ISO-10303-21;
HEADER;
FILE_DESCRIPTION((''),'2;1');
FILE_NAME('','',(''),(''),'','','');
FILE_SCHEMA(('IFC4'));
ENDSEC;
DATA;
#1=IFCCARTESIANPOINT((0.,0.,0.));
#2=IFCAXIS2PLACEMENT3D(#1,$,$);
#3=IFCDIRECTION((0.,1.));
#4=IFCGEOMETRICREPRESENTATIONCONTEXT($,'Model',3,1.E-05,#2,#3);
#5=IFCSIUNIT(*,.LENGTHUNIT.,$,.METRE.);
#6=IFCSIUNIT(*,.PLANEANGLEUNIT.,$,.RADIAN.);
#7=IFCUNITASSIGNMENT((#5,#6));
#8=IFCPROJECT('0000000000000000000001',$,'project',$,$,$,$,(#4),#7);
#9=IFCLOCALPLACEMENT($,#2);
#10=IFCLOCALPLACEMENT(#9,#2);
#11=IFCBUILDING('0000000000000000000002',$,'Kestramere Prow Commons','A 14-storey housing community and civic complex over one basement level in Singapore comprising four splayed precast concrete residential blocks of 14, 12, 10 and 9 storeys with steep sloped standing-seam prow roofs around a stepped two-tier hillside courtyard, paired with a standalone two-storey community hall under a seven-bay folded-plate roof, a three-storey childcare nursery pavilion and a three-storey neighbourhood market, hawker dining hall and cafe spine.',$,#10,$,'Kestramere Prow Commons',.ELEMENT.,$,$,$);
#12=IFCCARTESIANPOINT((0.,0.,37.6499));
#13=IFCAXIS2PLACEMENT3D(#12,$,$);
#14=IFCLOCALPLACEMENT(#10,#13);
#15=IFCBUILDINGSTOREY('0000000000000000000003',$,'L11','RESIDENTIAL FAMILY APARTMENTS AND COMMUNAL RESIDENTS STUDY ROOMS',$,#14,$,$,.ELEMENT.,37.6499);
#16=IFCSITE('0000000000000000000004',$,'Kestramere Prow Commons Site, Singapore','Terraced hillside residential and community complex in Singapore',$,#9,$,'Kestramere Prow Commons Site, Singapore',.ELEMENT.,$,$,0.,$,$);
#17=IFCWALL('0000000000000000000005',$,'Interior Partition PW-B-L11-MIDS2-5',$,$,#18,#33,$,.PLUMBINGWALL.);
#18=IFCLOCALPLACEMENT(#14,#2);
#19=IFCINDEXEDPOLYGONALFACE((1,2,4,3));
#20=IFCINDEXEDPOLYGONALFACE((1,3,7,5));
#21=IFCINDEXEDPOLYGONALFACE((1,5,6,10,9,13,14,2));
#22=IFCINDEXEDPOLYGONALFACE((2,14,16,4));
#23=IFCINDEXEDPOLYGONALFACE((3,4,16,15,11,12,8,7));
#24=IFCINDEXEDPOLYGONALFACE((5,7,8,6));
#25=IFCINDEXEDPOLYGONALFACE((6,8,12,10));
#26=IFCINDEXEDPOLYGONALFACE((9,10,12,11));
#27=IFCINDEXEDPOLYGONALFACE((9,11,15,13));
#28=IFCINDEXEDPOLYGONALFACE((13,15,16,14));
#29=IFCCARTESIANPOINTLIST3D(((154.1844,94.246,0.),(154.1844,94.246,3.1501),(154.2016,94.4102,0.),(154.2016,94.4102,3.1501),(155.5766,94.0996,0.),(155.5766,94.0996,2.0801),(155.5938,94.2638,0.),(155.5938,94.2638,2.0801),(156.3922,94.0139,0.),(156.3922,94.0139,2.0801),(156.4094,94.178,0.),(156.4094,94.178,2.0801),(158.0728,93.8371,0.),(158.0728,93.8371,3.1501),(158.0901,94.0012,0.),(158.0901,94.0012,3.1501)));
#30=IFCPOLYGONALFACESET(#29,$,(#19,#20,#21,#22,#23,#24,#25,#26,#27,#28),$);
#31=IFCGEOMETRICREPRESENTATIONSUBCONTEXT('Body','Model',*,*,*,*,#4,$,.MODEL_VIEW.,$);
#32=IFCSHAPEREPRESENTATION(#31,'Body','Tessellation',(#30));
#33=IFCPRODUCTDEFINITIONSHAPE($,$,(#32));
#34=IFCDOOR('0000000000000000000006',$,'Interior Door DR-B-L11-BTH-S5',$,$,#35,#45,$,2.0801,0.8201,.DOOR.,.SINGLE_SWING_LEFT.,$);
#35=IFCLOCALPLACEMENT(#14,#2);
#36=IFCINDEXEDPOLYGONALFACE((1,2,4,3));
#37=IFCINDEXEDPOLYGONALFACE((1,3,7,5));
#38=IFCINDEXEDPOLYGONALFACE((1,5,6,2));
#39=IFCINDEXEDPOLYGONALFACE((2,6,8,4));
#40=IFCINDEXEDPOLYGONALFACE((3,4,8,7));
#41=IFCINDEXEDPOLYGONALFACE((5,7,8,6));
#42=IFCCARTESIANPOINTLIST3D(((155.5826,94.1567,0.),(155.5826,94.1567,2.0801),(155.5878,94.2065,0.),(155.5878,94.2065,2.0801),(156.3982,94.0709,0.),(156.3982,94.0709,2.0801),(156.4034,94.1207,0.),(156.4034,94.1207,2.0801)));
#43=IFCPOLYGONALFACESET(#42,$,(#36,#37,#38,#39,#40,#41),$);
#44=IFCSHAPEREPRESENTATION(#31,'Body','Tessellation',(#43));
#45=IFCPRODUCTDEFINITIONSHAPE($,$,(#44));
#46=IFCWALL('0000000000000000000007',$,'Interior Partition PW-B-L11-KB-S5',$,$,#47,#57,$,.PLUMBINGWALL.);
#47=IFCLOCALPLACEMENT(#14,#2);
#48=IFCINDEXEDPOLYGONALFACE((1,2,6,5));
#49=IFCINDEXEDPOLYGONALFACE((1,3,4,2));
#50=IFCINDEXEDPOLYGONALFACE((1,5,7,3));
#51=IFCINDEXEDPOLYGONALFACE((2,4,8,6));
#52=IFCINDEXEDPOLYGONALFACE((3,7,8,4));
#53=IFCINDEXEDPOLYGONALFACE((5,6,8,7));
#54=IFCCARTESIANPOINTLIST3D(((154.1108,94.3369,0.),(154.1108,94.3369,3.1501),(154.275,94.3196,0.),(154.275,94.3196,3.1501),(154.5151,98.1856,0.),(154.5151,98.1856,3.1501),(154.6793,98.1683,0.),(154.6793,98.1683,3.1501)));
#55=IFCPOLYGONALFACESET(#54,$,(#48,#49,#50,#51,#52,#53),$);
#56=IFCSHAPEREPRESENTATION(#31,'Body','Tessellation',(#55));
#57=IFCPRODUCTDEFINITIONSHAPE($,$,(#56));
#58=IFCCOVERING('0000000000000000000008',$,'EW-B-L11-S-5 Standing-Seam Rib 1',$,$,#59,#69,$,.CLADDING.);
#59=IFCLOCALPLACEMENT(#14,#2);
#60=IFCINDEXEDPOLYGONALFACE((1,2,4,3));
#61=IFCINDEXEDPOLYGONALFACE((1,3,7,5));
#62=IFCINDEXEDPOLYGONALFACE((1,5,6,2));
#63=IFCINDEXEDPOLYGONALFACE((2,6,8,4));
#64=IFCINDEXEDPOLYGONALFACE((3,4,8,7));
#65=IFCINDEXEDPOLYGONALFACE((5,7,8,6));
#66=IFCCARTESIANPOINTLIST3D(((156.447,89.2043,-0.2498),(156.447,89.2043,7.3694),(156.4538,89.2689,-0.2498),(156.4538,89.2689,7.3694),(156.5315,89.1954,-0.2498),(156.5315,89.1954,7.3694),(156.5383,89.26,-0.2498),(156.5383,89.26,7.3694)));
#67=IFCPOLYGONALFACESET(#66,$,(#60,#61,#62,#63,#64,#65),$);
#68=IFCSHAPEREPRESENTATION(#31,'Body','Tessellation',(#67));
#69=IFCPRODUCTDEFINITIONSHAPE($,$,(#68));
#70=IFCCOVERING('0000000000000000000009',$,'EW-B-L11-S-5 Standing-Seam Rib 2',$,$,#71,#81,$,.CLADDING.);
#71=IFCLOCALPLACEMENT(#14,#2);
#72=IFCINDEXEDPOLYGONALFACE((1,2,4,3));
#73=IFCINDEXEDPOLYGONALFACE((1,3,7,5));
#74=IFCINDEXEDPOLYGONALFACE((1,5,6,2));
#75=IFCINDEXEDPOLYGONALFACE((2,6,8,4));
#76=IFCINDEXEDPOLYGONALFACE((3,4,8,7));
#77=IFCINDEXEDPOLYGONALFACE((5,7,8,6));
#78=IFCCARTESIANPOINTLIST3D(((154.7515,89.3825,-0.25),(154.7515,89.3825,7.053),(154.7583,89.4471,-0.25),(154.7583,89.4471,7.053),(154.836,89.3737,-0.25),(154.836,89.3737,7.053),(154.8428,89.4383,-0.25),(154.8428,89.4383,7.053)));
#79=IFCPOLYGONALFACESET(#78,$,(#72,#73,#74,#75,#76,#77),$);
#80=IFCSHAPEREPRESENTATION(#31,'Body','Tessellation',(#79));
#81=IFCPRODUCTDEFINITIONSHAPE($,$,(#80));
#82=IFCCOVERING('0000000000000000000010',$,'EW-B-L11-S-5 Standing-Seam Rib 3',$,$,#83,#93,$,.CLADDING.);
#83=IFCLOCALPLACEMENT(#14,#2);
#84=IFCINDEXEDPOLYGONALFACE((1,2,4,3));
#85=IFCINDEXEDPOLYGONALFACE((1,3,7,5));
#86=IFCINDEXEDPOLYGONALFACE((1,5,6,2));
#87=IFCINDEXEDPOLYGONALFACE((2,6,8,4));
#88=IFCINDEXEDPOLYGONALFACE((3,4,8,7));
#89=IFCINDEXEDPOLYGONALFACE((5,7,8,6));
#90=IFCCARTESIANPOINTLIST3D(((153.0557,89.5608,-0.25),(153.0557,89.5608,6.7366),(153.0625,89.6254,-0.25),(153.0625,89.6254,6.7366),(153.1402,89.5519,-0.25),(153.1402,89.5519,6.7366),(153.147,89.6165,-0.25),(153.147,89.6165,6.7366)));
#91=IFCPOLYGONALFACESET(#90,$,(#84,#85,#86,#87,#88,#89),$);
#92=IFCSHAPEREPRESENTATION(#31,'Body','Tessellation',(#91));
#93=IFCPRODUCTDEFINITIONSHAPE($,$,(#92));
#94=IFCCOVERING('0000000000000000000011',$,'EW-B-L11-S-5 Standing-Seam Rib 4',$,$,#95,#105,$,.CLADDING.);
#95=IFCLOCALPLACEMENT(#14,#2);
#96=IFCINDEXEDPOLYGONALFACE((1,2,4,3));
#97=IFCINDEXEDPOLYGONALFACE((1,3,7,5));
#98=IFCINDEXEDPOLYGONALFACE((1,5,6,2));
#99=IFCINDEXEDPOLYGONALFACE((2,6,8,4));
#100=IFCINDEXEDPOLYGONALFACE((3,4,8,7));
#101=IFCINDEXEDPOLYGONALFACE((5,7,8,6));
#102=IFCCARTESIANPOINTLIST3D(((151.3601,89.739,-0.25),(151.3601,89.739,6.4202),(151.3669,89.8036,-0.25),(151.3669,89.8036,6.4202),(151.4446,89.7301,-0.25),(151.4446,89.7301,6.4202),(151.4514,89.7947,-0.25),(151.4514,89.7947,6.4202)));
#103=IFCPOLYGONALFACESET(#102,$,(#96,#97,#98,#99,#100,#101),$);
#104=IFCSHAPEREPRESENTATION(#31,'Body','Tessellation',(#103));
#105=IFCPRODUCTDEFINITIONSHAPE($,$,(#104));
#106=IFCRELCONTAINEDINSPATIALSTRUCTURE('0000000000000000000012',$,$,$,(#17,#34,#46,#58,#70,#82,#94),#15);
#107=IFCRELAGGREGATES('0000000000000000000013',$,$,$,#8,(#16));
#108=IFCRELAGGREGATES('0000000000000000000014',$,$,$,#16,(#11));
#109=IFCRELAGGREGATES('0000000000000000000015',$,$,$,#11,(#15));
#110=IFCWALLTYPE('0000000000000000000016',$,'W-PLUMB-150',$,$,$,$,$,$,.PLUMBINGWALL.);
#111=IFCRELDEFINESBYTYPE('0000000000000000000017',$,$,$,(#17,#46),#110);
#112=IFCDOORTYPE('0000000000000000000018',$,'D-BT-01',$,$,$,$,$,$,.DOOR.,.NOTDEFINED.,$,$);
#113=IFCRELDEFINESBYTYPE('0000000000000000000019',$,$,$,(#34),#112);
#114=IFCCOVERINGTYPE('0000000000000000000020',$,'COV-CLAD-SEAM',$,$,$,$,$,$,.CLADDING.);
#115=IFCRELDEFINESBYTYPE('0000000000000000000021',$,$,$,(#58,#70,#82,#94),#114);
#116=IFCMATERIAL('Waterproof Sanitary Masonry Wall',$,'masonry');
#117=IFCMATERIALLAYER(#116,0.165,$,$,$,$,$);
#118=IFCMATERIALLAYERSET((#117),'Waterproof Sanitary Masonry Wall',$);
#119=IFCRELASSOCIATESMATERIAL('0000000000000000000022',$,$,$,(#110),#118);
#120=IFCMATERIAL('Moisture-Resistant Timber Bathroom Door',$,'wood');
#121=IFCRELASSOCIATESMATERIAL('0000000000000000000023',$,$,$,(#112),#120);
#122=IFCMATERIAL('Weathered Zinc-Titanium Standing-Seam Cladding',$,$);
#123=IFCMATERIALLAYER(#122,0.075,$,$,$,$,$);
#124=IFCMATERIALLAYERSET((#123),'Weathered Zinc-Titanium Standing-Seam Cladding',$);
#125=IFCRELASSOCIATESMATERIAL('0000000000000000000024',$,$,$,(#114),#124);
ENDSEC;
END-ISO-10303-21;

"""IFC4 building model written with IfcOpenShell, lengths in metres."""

from ifc_helpers import new_model, si_unit, direction, frame, frame_2d, origin, origin_2d, place, context, subcontext, project, spatial, rectangle, extrude, material, layer, layer_set, type_object, element, fill, save


model = new_model("IFC4")

# Units and contexts
model_context = context("Model", 3, precision=1e-05, world=origin(), true_north=direction((0.0, 1.0)))
body_context = subcontext(model_context, "Body", "Model", "MODEL_VIEW")
ifc_project = project(units=[si_unit("LENGTHUNIT", "METRE"), si_unit("PLANEANGLEUNIT", "RADIAN")], contexts=[model_context])

# Site, building, storey
site_placement = place(None, origin())
site = spatial("IfcSite", under=ifc_project, at=site_placement, Name="Kestramere Prow Commons Site, Singapore", Description="Terraced hillside residential and community complex in Singapore", LongName="Kestramere Prow Commons Site, Singapore", CompositionType="ELEMENT", RefElevation=0.0)
building_placement = place(site_placement, origin())
building = spatial("IfcBuilding", under=site, at=building_placement, Name="Kestramere Prow Commons", Description="A 14-storey housing community and civic complex over one basement level in Singapore comprising four splayed precast concrete residential blocks of 14, 12, 10 and 9 storeys with steep sloped standing-seam prow roofs around a stepped two-tier hillside courtyard, paired with a standalone two-storey community hall under a seven-bay folded-plate roof, a three-storey childcare nursery pavilion and a three-storey neighbourhood market, hawker dining hall and cafe spine.", LongName="Kestramere Prow Commons", CompositionType="ELEMENT")
storey_placement = place(building_placement, frame((0.0, 0.0, 37.6499)))
storey = spatial("IfcBuildingStorey", under=building, at=storey_placement, Name="L11", Description="RESIDENTIAL FAMILY APARTMENTS AND COMMUNAL RESIDENTS STUDY ROOMS", CompositionType="ELEMENT", Elevation=37.6499)

# Shared definitions
ifc_material_1 = material(Name="Waterproof Sanitary Masonry Wall", Category="masonry")
ifc_layer_1 = layer(ifc_material_1, 0.165)
ifc_layer_set_1 = layer_set([ifc_layer_1], Name="Waterproof Sanitary Masonry Wall")
wall_type_1 = type_object("IfcWallType", Name="W-PLUMB-150", PredefinedType="PLUMBINGWALL", material=ifc_layer_set_1)

# Wall, opening, door
wall_1_placement = place(storey_placement, frame((154.1929, 94.3281, 0.0), z_axis=(0.0, 0.0, 1.0), x_axis=(0.994515, -0.104591, 0.0)))
wall_1 = element("IfcWall", 1, at=wall_1_placement, inside=storey, type_object=wall_type_1, Name="Interior Partition PW-B-L11-MIDS2-5", PredefinedType="PLUMBINGWALL", context=body_context, shape_type="SweptSolid", body=[
    extrude(rectangle(XDim=3.9099, YDim=0.165, at=frame_2d((1.9551, 0.0))), origin(), (0.0, 0.0, 1.0), 3.1501),
])
opening_1_placement = place(wall_1_placement, frame((1.3999, 0.0, 0.0)))
opening_1 = element("IfcOpeningElement", 2, at=opening_1_placement, cuts=wall_1, PredefinedType="OPENING", context=body_context, shape_type="SweptSolid", body=[
    extrude(rectangle(XDim=0.8201, YDim=2.0801, at=frame_2d((0.4102, 1.04))), frame((0.0, 0.0974, 0.0), z_axis=(0.0, -1.0, 0.0), x_axis=(1.0, 0.0, 0.0)), (0.0, 0.0, 1.0), 0.1951),
])
ifc_material_2 = material(Name="Moisture-Resistant Timber Bathroom Door", Category="wood")
door_type_1 = type_object("IfcDoorType", Name="D-BT-01", OperationType="NOTDEFINED", PredefinedType="DOOR", material=ifc_material_2)
door_1_placement = place(opening_1_placement, origin())
door_1 = element("IfcDoor", 3, at=door_1_placement, inside=storey, type_object=door_type_1, Name="Interior Door DR-B-L11-BTH-S5", OperationType="SINGLE_SWING_LEFT", OverallHeight=2.0801, OverallWidth=0.8201, PredefinedType="DOOR", context=body_context, shape_type="SweptSolid", body=[
    extrude(rectangle(XDim=0.8201, YDim=2.0801, at=frame_2d((0.4102, 1.04))), frame((0.0, 0.0249, 0.0), z_axis=(0.0, -1.0, 0.0), x_axis=(1.0, 0.0, 0.0)), (0.0, 0.0, 1.0), 0.05),
])
fill(opening_1, door_1)

# Wall
wall_2_placement = place(storey_placement, frame((154.1929, 94.3281, 0.0), z_axis=(0.0, 0.0, 1.0), x_axis=(0.104475, 0.994528, 0.0)))
element("IfcWall", 4, at=wall_2_placement, inside=storey, type_object=wall_type_1, Name="Interior Partition PW-B-L11-KB-S5", PredefinedType="PLUMBINGWALL", context=body_context, shape_type="SweptSolid", body=[
    extrude(rectangle(XDim=3.8699, YDim=0.165, at=frame_2d((1.9351, 0.0))), origin(), (0.0, 0.0, 1.0), 3.1501),
])

# Coverings
ifc_material_3 = material(Name="Weathered Zinc-Titanium Standing-Seam Cladding")
ifc_layer_2 = layer(ifc_material_3, 0.075)
ifc_layer_set_2 = layer_set([ifc_layer_2], Name="Weathered Zinc-Titanium Standing-Seam Cladding")
covering_type = type_object("IfcCoveringType", Name="COV-CLAD-SEAM", PredefinedType="CLADDING", material=ifc_layer_set_2)
covering_1_placement = place(storey_placement, frame((156.4927, 89.2322, -0.2498), z_axis=(0.0, 0.0, 1.0), x_axis=(-0.994522, 0.104528, 0.0)))
element("IfcCovering", 5, at=covering_1_placement, inside=storey, type_object=covering_type, Name="EW-B-L11-S-5 Standing-Seam Rib 1", PredefinedType="CLADDING", context=body_context, shape_type="SweptSolid", body=[
    extrude(rectangle(XDim=0.085, YDim=0.0649, at=origin_2d()), origin(), (0.0, 0.0, 1.0), 7.6191),
])
covering_2_placement = place(storey_placement, frame((154.7971, 89.4104, -0.25), z_axis=(0.0, 0.0, 1.0), x_axis=(-0.994522, 0.104528, 0.0)))
element("IfcCovering", 6, at=covering_2_placement, inside=storey, type_object=covering_type, Name="EW-B-L11-S-5 Standing-Seam Rib 2", PredefinedType="CLADDING", context=body_context, shape_type="SweptSolid", body=[
    extrude(rectangle(XDim=0.085, YDim=0.0649, at=origin_2d()), origin(), (0.0, 0.0, 1.0), 7.303),
])
covering_3_placement = place(storey_placement, frame((153.1013, 89.5886, -0.25), z_axis=(0.0, 0.0, 1.0), x_axis=(-0.994522, 0.104528, 0.0)))
element("IfcCovering", 7, at=covering_3_placement, inside=storey, type_object=covering_type, Name="EW-B-L11-S-5 Standing-Seam Rib 3", PredefinedType="CLADDING", context=body_context, shape_type="SweptSolid", body=[
    extrude(rectangle(XDim=0.085, YDim=0.0649, at=origin_2d()), origin(), (0.0, 0.0, 1.0), 6.9866),
])
covering_4_placement = place(storey_placement, frame((151.4058, 89.7668, -0.25), z_axis=(0.0, 0.0, 1.0), x_axis=(-0.994522, 0.104528, 0.0)))
element("IfcCovering", 8, at=covering_4_placement, inside=storey, type_object=covering_type, Name="EW-B-L11-S-5 Standing-Seam Rib 4", PredefinedType="CLADDING", context=body_context, shape_type="SweptSolid", body=[
    extrude(rectangle(XDim=0.085, YDim=0.0649, at=origin_2d()), origin(), (0.0, 0.0, 1.0), 6.6702),
])

save(model, "model.ifc")
